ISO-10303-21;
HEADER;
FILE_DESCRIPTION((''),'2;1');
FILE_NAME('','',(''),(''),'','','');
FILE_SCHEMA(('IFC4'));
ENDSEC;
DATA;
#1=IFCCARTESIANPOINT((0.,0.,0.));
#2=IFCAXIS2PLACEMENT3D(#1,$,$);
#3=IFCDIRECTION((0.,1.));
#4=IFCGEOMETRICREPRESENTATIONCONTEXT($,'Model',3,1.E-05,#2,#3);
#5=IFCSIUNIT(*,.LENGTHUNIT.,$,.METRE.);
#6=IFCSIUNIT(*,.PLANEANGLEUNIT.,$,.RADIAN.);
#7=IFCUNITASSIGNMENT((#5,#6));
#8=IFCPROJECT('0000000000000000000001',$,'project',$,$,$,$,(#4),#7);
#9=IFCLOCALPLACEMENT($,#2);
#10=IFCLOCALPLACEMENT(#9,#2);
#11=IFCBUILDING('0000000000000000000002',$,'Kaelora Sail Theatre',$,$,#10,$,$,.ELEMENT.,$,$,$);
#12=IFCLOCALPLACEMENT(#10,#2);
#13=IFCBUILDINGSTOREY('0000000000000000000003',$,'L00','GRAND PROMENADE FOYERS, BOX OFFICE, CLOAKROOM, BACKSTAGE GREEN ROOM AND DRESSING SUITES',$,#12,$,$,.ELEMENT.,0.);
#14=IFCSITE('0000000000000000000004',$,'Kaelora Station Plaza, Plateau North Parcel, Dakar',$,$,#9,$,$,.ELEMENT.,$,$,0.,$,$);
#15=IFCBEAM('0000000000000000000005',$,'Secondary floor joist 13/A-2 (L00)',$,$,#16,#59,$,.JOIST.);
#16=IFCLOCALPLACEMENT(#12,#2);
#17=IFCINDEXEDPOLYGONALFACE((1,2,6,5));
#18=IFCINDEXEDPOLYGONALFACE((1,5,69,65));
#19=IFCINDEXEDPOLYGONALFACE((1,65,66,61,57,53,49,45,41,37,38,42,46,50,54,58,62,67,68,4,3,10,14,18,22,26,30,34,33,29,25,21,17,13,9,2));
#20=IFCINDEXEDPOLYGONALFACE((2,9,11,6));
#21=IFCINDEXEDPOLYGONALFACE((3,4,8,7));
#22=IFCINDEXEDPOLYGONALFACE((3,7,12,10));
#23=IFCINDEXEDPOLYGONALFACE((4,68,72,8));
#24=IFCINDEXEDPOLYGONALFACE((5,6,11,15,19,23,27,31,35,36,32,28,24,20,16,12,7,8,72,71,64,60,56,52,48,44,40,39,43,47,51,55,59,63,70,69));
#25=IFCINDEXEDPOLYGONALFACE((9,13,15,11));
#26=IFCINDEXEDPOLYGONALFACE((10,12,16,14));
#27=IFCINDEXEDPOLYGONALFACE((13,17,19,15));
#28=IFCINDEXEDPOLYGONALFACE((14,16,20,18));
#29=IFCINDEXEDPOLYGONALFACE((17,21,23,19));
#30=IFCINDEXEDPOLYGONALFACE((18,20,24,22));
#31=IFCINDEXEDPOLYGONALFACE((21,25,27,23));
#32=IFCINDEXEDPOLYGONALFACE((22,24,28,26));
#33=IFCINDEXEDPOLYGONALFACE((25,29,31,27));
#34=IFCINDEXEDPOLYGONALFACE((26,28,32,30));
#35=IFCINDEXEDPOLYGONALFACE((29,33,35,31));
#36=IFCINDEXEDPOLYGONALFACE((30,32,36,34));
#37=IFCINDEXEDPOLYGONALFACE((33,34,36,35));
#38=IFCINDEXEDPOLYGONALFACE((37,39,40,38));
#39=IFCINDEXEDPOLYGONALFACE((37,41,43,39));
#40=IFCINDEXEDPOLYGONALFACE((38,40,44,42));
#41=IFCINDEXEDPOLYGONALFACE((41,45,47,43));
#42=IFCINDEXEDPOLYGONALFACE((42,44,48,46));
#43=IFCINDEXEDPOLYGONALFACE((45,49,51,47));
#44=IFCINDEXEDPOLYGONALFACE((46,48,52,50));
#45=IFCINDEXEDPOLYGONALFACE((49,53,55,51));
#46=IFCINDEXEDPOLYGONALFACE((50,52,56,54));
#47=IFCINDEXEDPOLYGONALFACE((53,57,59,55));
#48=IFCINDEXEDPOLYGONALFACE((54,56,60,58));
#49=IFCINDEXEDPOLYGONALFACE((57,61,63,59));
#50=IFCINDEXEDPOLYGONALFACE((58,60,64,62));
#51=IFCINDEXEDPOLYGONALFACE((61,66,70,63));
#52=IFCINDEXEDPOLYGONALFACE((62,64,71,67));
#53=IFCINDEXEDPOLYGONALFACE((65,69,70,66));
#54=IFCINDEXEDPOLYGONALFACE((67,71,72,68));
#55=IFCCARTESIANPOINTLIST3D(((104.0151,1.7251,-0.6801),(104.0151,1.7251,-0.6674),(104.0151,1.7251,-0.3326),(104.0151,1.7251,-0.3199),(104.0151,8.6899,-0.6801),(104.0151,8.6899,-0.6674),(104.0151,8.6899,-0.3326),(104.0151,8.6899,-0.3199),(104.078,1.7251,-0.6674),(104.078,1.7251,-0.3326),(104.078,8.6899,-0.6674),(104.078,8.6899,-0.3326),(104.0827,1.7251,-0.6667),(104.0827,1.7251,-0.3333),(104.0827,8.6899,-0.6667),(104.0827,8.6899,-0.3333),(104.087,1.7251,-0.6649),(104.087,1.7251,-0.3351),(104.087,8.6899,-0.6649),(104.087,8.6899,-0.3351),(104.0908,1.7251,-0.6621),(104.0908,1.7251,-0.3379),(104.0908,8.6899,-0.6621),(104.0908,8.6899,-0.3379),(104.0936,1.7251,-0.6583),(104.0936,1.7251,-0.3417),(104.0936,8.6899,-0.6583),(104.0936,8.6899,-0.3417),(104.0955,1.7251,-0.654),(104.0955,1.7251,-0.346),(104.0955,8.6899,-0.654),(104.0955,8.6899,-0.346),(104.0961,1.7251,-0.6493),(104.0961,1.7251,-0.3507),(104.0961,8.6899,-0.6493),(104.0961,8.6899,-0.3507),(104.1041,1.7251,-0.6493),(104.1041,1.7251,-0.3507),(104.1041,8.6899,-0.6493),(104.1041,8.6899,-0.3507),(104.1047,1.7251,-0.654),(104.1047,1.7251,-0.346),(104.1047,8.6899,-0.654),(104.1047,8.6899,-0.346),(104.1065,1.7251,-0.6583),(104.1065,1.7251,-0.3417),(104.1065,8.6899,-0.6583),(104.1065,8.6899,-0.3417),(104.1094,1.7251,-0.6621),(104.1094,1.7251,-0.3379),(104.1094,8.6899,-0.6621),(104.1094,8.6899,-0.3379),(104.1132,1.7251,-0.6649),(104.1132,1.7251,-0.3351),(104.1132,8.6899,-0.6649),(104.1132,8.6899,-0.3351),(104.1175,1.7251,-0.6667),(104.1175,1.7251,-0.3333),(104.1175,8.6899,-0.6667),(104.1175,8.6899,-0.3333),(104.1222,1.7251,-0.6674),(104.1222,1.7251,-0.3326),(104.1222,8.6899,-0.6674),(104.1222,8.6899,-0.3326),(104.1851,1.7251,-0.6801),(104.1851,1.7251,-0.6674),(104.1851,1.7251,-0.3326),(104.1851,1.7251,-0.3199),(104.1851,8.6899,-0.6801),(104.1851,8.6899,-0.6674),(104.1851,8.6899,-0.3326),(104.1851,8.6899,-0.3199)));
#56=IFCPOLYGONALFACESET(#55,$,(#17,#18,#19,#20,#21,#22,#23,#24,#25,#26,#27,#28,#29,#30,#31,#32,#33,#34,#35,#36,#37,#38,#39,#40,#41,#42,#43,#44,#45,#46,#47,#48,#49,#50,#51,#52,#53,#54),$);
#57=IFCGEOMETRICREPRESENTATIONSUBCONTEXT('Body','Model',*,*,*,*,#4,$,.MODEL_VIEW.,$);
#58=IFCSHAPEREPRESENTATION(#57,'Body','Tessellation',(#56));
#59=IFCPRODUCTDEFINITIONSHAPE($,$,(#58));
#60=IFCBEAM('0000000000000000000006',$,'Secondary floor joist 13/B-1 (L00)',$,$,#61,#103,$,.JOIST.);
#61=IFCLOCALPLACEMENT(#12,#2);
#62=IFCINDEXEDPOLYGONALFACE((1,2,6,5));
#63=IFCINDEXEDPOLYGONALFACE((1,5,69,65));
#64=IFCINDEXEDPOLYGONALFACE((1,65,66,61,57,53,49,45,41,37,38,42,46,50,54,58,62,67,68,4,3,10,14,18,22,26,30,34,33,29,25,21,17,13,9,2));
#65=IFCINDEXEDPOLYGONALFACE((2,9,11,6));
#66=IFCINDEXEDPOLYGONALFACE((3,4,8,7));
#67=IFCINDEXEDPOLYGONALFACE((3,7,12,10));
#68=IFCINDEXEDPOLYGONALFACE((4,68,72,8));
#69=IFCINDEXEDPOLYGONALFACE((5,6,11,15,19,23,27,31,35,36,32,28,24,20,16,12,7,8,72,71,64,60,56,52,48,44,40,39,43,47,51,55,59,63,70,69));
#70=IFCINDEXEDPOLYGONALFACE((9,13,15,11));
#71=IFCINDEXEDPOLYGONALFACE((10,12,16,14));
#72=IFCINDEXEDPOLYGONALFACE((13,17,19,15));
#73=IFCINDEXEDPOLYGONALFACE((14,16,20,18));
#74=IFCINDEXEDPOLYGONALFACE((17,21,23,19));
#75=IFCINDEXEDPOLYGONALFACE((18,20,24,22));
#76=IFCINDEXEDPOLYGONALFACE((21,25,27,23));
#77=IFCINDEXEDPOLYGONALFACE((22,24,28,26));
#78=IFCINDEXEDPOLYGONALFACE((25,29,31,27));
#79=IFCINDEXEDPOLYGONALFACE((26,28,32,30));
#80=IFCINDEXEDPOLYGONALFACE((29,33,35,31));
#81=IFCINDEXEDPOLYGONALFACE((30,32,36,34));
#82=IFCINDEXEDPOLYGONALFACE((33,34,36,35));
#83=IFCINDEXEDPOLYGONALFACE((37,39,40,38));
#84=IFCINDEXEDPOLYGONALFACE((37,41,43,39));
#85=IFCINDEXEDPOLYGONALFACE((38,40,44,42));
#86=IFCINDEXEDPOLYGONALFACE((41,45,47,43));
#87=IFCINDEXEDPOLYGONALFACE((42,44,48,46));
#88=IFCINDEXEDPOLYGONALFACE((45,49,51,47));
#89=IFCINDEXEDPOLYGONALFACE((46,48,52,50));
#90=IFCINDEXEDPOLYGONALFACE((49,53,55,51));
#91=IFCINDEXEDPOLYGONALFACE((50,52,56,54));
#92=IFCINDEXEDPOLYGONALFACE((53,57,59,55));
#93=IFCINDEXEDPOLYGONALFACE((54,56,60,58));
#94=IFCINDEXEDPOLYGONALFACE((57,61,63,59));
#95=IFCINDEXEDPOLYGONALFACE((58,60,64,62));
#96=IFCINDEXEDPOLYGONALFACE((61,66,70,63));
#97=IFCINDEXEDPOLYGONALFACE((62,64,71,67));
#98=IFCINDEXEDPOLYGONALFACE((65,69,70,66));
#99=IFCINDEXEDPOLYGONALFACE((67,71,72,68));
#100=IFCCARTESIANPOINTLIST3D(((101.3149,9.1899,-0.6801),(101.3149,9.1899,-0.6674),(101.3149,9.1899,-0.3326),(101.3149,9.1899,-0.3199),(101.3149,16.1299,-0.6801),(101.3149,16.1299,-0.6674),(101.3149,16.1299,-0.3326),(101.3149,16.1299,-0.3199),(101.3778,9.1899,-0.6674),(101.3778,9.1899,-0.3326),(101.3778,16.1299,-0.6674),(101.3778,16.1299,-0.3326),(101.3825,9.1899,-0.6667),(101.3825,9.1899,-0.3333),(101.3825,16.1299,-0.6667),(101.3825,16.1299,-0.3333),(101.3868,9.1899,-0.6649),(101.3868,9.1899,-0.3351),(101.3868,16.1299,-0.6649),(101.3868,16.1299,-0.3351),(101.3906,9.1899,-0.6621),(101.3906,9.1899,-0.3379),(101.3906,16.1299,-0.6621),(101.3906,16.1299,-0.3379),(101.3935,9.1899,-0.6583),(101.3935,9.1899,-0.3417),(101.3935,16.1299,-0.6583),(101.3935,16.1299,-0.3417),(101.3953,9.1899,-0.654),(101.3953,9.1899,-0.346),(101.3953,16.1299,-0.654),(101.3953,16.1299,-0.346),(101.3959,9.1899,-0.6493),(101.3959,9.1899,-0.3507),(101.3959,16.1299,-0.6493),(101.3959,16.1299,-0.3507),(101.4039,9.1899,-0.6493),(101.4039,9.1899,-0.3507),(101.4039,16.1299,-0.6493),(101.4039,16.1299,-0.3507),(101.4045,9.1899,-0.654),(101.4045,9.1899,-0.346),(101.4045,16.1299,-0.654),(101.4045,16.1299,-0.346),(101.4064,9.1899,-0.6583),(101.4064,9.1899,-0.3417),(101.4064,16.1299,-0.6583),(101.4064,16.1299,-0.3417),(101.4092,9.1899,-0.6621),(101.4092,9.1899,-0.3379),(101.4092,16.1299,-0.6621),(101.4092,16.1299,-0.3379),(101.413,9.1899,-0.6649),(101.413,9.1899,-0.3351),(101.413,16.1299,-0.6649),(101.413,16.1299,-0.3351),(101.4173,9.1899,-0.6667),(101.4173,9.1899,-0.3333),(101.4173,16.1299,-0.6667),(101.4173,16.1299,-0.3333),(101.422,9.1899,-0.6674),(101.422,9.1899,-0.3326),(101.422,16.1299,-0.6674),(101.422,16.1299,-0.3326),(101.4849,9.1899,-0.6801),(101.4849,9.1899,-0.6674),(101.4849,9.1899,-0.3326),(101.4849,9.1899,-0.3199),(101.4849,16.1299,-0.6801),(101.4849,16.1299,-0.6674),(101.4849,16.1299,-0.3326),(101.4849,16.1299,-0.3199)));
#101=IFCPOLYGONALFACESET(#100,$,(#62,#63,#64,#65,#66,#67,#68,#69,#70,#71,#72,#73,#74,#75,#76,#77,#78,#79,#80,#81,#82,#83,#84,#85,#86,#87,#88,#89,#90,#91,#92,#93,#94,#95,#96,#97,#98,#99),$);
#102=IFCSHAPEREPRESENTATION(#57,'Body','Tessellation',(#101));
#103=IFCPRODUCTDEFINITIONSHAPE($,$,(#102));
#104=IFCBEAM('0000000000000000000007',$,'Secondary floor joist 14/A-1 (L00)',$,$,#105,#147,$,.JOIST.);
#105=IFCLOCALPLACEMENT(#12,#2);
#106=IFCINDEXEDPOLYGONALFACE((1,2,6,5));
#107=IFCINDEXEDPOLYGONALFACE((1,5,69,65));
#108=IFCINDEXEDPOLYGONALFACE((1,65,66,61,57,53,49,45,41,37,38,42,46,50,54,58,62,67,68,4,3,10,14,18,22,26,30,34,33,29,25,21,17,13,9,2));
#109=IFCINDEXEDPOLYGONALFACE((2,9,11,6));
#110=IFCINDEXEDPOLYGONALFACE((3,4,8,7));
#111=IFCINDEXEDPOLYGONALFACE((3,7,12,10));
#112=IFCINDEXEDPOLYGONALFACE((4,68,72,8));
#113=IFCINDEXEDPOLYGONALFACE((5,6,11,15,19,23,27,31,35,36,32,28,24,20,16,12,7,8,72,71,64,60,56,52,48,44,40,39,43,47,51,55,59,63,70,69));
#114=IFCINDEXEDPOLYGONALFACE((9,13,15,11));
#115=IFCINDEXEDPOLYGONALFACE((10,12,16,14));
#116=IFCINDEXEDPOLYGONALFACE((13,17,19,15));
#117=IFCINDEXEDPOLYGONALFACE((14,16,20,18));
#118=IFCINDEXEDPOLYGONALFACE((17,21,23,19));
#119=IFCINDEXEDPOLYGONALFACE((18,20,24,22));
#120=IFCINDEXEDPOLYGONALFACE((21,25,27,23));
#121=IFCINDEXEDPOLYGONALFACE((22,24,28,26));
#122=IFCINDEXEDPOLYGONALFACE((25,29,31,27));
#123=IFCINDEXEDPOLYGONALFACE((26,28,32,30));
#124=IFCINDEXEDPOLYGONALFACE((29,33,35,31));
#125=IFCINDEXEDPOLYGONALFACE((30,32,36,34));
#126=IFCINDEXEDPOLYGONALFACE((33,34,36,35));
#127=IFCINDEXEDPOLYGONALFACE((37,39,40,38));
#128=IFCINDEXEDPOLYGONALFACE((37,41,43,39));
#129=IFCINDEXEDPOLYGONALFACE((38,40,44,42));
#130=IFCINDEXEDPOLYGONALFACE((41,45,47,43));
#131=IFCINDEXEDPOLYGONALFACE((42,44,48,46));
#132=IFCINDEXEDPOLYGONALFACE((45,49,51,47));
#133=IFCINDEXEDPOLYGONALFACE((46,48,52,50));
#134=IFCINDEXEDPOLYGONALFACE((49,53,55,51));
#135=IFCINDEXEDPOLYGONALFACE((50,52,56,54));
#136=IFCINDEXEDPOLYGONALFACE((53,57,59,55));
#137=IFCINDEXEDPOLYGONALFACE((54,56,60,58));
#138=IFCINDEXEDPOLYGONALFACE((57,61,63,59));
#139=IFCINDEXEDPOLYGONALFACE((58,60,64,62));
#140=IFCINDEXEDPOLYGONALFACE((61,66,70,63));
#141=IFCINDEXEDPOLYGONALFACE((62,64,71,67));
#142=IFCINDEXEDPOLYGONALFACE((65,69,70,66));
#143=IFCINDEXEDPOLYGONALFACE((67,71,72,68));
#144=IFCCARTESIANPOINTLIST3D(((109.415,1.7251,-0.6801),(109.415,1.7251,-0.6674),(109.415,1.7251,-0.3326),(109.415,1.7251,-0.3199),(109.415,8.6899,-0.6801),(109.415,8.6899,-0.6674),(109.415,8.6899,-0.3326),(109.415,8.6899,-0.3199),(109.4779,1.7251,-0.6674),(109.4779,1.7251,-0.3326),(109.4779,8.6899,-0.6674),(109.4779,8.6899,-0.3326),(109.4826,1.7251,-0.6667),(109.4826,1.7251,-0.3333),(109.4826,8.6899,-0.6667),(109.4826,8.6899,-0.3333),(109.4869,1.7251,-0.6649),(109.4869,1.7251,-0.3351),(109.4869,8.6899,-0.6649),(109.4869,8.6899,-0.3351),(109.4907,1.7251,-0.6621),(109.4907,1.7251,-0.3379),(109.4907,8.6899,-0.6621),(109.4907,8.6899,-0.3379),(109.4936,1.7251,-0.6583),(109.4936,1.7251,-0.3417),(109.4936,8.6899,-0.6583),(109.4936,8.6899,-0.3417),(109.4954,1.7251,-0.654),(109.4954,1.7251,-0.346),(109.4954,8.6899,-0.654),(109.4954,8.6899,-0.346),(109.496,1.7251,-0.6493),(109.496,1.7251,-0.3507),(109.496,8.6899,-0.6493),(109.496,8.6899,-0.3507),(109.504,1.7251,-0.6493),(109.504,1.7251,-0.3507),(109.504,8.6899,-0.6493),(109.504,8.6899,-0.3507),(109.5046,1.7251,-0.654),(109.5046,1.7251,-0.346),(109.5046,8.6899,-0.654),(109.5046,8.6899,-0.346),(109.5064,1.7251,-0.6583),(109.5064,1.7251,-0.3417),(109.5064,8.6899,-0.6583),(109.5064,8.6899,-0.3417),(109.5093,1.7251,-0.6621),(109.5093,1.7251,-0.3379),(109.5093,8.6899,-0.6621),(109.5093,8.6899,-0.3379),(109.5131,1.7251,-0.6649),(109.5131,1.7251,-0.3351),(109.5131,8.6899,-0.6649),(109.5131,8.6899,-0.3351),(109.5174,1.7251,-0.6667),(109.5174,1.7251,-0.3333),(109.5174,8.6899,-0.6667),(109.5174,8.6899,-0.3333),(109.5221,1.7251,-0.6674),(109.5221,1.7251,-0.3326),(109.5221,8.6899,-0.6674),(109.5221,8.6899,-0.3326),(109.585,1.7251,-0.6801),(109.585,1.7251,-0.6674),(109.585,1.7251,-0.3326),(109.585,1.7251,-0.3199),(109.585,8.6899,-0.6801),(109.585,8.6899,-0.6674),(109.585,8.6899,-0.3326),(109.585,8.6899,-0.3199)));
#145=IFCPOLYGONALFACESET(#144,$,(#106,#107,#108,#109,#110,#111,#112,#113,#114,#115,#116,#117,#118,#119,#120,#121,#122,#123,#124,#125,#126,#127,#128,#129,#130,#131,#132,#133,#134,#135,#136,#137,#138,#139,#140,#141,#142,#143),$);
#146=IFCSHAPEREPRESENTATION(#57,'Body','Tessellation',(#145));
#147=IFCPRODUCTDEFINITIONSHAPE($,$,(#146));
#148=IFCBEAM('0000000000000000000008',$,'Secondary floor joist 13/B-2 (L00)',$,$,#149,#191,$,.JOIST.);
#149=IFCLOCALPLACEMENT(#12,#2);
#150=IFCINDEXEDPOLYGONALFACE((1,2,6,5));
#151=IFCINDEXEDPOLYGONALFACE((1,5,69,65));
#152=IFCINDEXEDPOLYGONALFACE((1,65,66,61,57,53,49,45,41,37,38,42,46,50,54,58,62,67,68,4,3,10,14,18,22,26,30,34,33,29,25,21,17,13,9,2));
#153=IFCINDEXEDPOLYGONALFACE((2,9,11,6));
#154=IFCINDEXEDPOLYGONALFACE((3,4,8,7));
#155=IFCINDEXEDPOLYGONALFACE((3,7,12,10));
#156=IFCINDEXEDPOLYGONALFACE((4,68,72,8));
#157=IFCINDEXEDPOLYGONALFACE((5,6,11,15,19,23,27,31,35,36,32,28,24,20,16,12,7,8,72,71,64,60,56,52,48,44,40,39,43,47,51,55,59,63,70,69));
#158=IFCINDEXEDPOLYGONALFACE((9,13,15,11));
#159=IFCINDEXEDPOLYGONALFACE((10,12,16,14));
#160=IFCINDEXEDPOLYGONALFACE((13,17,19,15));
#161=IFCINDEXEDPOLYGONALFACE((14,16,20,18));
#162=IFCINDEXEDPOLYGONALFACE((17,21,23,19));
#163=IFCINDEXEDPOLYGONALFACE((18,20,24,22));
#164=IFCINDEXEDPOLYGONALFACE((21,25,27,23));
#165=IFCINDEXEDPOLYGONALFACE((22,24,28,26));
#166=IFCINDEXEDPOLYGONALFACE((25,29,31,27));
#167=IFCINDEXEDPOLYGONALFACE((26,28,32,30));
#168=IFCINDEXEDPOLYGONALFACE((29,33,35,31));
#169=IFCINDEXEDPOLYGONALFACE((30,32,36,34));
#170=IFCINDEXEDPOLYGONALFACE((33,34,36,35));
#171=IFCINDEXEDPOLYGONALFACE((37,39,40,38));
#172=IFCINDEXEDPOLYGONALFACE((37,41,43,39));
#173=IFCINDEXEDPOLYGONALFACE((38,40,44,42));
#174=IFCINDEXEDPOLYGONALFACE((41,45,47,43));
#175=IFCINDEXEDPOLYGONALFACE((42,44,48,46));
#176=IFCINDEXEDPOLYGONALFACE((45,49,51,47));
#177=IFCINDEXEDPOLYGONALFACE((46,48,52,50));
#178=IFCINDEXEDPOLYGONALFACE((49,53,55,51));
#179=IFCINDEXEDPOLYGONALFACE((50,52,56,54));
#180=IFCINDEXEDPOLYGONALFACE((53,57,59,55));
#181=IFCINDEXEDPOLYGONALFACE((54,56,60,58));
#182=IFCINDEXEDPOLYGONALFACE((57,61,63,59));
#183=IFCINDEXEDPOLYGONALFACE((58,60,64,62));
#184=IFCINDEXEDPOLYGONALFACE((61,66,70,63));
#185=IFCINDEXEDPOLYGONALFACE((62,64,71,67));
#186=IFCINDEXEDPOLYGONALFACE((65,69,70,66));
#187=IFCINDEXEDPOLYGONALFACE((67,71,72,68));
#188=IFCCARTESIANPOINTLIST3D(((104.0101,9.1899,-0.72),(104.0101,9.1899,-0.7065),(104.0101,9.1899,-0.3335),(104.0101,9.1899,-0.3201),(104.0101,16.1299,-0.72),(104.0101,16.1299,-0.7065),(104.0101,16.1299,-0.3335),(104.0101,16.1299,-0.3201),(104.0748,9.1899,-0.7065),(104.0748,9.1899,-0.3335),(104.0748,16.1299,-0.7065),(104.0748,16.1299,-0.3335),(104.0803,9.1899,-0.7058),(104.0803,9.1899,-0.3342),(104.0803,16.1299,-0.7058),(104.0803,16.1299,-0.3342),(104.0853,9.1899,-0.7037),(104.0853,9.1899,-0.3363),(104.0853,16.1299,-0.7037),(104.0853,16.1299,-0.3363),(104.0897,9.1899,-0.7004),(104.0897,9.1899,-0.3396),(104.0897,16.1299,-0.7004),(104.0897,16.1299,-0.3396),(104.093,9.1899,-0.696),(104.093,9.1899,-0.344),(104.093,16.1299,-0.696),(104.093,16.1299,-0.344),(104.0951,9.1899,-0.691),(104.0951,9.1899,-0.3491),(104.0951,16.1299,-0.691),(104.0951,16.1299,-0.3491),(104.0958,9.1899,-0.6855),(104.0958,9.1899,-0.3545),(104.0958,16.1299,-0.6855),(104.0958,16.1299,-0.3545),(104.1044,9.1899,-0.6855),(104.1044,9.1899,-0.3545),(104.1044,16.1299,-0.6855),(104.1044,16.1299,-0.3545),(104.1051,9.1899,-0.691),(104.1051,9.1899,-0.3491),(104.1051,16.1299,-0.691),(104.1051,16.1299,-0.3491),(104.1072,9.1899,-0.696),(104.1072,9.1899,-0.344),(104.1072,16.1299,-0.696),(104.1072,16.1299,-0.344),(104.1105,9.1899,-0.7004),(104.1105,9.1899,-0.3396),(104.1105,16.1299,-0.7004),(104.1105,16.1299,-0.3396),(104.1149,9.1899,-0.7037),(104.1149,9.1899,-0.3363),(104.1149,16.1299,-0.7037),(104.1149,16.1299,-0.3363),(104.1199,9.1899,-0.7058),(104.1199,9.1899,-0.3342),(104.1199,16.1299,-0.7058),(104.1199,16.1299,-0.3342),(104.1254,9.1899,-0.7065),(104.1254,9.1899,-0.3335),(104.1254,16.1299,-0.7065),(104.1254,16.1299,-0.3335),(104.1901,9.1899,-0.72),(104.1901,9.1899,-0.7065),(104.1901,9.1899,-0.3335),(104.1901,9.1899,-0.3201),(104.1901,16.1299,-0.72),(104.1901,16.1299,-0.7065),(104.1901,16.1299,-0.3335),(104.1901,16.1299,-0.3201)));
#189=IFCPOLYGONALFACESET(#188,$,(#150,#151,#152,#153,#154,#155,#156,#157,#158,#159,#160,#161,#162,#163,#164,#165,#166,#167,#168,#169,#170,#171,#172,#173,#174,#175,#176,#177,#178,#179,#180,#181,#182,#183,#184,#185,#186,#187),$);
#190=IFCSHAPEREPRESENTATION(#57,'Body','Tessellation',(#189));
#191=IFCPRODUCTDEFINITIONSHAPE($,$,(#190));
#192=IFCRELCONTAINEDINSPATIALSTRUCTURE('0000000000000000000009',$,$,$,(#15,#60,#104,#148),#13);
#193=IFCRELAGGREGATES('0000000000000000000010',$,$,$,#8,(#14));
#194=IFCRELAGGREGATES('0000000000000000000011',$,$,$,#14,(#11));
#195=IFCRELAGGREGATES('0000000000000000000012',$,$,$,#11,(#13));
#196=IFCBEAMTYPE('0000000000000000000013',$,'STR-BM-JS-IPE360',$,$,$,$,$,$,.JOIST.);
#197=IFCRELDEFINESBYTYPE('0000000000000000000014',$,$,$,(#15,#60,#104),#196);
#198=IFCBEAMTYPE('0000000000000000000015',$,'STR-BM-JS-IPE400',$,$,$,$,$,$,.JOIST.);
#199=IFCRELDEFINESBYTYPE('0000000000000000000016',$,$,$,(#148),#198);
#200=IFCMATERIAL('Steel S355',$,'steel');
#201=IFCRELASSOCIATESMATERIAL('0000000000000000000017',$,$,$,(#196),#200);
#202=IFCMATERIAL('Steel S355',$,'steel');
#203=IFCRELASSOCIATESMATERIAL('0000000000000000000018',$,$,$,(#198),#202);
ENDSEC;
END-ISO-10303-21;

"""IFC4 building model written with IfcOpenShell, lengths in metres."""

from ifc_helpers import new_model, si_unit, direction, frame, origin, origin_2d, place, context, subcontext, project, spatial, i_section, extrude, material, material_profile, profile_set, type_object, element, save


model = new_model("IFC4")

# Units and contexts
model_context = context("Model", 3, precision=1e-05, world=origin(), true_north=direction((0.0, 1.0)))
body_context = subcontext(model_context, "Body", "Model", "MODEL_VIEW")
ifc_project = project(units=[si_unit("LENGTHUNIT", "METRE"), si_unit("PLANEANGLEUNIT", "RADIAN")], contexts=[model_context])

# Site, building, storey
site_placement = place(None, origin())
site = spatial("IfcSite", under=ifc_project, at=site_placement, Name="Kaelora Station Plaza, Plateau North Parcel, Dakar", CompositionType="ELEMENT", RefElevation=0.0)
building_placement = place(site_placement, origin())
building = spatial("IfcBuilding", under=site, at=building_placement, Name="Kaelora Sail Theatre", CompositionType="ELEMENT")
storey_placement = place(building_placement, origin())
storey = spatial("IfcBuildingStorey", under=building, at=storey_placement, Name="L00", Description="GRAND PROMENADE FOYERS, BOX OFFICE, CLOAKROOM, BACKSTAGE GREEN ROOM AND DRESSING SUITES", CompositionType="ELEMENT", Elevation=0.0)

# Beams
ifc_material_1 = material(Name="Steel S355", Category="steel")
ifc_material_profile_1 = material_profile(ifc_material_1, i_section(OverallWidth=0.1699, OverallDepth=0.3601, WebThickness=0.0081, FlangeThickness=0.0127, FilletRadius=0.0181, at=origin_2d()), Name="IPE 360")
ifc_profile_set_1 = profile_set([ifc_material_profile_1], Name="Steel S355")
beam_type_1 = type_object("IfcBeamType", Name="STR-BM-JS-IPE360", PredefinedType="JOIST", material=ifc_profile_set_1)
beam_1_placement = place(storey_placement, frame((104.1001, 1.7251, -0.5), z_axis=(0.0, 1.0, 0.0), x_axis=(-1.0, 0.0, 0.0)))
element("IfcBeam", 1, at=beam_1_placement, inside=storey, type_object=beam_type_1, Name="Secondary floor joist 13/A-2 (L00)", PredefinedType="JOIST", context=body_context, shape_type="SweptSolid", body=[
    extrude(i_section(OverallWidth=0.1699, OverallDepth=0.3601, WebThickness=0.0081, FlangeThickness=0.0127, FilletRadius=0.0181, at=origin_2d()), origin(), (0.0, 0.0, 1.0), 6.9648),
])
beam_2_placement = place(storey_placement, frame((101.3999, 9.1899, -0.5), z_axis=(0.0, 1.0, 0.0), x_axis=(-1.0, 0.0, 0.0)))
element("IfcBeam", 2, at=beam_2_placement, inside=storey, type_object=beam_type_1, Name="Secondary floor joist 13/B-1 (L00)", PredefinedType="JOIST", context=body_context, shape_type="SweptSolid", body=[
    extrude(i_section(OverallWidth=0.1699, OverallDepth=0.3601, WebThickness=0.0081, FlangeThickness=0.0127, FilletRadius=0.0181, at=origin_2d()), origin(), (0.0, 0.0, 1.0), 6.9399),
])
beam_3_placement = place(storey_placement, frame((109.5, 1.7251, -0.5), z_axis=(0.0, 1.0, 0.0), x_axis=(-1.0, 0.0, 0.0)))
element("IfcBeam", 3, at=beam_3_placement, inside=storey, type_object=beam_type_1, Name="Secondary floor joist 14/A-1 (L00)", PredefinedType="JOIST", context=body_context, shape_type="SweptSolid", body=[
    extrude(i_section(OverallWidth=0.1699, OverallDepth=0.3601, WebThickness=0.0081, FlangeThickness=0.0127, FilletRadius=0.0181, at=origin_2d()), origin(), (0.0, 0.0, 1.0), 6.9648),
])
ifc_material_2 = material(Name="Steel S355", Category="steel")
ifc_material_profile_2 = material_profile(ifc_material_2, i_section(OverallWidth=0.1799, OverallDepth=0.3999, WebThickness=0.0085, FlangeThickness=0.0134, FilletRadius=0.021, at=origin_2d()), Name="IPE 400")
ifc_profile_set_2 = profile_set([ifc_material_profile_2], Name="Steel S355")
beam_type_2 = type_object("IfcBeamType", Name="STR-BM-JS-IPE400", PredefinedType="JOIST", material=ifc_profile_set_2)
for number, where, z_axis, x_axis, name in (
    (4, (104.1001, 9.1899, -0.52), (0.0, 1.0, 0.0), (-1.0, 0.0, 0.0), "Secondary floor joist 13/B-2 (L00)"),
):
    element("IfcBeam", number, at=place(storey_placement, frame(where, z_axis=z_axis, x_axis=x_axis)), inside=storey, type_object=beam_type_2, Name=name, PredefinedType="JOIST", context=body_context, shape_type="SweptSolid", body=[
        extrude(i_section(OverallWidth=0.1799, OverallDepth=0.3999, WebThickness=0.0085, FlangeThickness=0.0134, FilletRadius=0.021, at=origin_2d()), origin(), (0.0, 0.0, 1.0), 6.9399),
    ])

save(model, "model.ifc")
